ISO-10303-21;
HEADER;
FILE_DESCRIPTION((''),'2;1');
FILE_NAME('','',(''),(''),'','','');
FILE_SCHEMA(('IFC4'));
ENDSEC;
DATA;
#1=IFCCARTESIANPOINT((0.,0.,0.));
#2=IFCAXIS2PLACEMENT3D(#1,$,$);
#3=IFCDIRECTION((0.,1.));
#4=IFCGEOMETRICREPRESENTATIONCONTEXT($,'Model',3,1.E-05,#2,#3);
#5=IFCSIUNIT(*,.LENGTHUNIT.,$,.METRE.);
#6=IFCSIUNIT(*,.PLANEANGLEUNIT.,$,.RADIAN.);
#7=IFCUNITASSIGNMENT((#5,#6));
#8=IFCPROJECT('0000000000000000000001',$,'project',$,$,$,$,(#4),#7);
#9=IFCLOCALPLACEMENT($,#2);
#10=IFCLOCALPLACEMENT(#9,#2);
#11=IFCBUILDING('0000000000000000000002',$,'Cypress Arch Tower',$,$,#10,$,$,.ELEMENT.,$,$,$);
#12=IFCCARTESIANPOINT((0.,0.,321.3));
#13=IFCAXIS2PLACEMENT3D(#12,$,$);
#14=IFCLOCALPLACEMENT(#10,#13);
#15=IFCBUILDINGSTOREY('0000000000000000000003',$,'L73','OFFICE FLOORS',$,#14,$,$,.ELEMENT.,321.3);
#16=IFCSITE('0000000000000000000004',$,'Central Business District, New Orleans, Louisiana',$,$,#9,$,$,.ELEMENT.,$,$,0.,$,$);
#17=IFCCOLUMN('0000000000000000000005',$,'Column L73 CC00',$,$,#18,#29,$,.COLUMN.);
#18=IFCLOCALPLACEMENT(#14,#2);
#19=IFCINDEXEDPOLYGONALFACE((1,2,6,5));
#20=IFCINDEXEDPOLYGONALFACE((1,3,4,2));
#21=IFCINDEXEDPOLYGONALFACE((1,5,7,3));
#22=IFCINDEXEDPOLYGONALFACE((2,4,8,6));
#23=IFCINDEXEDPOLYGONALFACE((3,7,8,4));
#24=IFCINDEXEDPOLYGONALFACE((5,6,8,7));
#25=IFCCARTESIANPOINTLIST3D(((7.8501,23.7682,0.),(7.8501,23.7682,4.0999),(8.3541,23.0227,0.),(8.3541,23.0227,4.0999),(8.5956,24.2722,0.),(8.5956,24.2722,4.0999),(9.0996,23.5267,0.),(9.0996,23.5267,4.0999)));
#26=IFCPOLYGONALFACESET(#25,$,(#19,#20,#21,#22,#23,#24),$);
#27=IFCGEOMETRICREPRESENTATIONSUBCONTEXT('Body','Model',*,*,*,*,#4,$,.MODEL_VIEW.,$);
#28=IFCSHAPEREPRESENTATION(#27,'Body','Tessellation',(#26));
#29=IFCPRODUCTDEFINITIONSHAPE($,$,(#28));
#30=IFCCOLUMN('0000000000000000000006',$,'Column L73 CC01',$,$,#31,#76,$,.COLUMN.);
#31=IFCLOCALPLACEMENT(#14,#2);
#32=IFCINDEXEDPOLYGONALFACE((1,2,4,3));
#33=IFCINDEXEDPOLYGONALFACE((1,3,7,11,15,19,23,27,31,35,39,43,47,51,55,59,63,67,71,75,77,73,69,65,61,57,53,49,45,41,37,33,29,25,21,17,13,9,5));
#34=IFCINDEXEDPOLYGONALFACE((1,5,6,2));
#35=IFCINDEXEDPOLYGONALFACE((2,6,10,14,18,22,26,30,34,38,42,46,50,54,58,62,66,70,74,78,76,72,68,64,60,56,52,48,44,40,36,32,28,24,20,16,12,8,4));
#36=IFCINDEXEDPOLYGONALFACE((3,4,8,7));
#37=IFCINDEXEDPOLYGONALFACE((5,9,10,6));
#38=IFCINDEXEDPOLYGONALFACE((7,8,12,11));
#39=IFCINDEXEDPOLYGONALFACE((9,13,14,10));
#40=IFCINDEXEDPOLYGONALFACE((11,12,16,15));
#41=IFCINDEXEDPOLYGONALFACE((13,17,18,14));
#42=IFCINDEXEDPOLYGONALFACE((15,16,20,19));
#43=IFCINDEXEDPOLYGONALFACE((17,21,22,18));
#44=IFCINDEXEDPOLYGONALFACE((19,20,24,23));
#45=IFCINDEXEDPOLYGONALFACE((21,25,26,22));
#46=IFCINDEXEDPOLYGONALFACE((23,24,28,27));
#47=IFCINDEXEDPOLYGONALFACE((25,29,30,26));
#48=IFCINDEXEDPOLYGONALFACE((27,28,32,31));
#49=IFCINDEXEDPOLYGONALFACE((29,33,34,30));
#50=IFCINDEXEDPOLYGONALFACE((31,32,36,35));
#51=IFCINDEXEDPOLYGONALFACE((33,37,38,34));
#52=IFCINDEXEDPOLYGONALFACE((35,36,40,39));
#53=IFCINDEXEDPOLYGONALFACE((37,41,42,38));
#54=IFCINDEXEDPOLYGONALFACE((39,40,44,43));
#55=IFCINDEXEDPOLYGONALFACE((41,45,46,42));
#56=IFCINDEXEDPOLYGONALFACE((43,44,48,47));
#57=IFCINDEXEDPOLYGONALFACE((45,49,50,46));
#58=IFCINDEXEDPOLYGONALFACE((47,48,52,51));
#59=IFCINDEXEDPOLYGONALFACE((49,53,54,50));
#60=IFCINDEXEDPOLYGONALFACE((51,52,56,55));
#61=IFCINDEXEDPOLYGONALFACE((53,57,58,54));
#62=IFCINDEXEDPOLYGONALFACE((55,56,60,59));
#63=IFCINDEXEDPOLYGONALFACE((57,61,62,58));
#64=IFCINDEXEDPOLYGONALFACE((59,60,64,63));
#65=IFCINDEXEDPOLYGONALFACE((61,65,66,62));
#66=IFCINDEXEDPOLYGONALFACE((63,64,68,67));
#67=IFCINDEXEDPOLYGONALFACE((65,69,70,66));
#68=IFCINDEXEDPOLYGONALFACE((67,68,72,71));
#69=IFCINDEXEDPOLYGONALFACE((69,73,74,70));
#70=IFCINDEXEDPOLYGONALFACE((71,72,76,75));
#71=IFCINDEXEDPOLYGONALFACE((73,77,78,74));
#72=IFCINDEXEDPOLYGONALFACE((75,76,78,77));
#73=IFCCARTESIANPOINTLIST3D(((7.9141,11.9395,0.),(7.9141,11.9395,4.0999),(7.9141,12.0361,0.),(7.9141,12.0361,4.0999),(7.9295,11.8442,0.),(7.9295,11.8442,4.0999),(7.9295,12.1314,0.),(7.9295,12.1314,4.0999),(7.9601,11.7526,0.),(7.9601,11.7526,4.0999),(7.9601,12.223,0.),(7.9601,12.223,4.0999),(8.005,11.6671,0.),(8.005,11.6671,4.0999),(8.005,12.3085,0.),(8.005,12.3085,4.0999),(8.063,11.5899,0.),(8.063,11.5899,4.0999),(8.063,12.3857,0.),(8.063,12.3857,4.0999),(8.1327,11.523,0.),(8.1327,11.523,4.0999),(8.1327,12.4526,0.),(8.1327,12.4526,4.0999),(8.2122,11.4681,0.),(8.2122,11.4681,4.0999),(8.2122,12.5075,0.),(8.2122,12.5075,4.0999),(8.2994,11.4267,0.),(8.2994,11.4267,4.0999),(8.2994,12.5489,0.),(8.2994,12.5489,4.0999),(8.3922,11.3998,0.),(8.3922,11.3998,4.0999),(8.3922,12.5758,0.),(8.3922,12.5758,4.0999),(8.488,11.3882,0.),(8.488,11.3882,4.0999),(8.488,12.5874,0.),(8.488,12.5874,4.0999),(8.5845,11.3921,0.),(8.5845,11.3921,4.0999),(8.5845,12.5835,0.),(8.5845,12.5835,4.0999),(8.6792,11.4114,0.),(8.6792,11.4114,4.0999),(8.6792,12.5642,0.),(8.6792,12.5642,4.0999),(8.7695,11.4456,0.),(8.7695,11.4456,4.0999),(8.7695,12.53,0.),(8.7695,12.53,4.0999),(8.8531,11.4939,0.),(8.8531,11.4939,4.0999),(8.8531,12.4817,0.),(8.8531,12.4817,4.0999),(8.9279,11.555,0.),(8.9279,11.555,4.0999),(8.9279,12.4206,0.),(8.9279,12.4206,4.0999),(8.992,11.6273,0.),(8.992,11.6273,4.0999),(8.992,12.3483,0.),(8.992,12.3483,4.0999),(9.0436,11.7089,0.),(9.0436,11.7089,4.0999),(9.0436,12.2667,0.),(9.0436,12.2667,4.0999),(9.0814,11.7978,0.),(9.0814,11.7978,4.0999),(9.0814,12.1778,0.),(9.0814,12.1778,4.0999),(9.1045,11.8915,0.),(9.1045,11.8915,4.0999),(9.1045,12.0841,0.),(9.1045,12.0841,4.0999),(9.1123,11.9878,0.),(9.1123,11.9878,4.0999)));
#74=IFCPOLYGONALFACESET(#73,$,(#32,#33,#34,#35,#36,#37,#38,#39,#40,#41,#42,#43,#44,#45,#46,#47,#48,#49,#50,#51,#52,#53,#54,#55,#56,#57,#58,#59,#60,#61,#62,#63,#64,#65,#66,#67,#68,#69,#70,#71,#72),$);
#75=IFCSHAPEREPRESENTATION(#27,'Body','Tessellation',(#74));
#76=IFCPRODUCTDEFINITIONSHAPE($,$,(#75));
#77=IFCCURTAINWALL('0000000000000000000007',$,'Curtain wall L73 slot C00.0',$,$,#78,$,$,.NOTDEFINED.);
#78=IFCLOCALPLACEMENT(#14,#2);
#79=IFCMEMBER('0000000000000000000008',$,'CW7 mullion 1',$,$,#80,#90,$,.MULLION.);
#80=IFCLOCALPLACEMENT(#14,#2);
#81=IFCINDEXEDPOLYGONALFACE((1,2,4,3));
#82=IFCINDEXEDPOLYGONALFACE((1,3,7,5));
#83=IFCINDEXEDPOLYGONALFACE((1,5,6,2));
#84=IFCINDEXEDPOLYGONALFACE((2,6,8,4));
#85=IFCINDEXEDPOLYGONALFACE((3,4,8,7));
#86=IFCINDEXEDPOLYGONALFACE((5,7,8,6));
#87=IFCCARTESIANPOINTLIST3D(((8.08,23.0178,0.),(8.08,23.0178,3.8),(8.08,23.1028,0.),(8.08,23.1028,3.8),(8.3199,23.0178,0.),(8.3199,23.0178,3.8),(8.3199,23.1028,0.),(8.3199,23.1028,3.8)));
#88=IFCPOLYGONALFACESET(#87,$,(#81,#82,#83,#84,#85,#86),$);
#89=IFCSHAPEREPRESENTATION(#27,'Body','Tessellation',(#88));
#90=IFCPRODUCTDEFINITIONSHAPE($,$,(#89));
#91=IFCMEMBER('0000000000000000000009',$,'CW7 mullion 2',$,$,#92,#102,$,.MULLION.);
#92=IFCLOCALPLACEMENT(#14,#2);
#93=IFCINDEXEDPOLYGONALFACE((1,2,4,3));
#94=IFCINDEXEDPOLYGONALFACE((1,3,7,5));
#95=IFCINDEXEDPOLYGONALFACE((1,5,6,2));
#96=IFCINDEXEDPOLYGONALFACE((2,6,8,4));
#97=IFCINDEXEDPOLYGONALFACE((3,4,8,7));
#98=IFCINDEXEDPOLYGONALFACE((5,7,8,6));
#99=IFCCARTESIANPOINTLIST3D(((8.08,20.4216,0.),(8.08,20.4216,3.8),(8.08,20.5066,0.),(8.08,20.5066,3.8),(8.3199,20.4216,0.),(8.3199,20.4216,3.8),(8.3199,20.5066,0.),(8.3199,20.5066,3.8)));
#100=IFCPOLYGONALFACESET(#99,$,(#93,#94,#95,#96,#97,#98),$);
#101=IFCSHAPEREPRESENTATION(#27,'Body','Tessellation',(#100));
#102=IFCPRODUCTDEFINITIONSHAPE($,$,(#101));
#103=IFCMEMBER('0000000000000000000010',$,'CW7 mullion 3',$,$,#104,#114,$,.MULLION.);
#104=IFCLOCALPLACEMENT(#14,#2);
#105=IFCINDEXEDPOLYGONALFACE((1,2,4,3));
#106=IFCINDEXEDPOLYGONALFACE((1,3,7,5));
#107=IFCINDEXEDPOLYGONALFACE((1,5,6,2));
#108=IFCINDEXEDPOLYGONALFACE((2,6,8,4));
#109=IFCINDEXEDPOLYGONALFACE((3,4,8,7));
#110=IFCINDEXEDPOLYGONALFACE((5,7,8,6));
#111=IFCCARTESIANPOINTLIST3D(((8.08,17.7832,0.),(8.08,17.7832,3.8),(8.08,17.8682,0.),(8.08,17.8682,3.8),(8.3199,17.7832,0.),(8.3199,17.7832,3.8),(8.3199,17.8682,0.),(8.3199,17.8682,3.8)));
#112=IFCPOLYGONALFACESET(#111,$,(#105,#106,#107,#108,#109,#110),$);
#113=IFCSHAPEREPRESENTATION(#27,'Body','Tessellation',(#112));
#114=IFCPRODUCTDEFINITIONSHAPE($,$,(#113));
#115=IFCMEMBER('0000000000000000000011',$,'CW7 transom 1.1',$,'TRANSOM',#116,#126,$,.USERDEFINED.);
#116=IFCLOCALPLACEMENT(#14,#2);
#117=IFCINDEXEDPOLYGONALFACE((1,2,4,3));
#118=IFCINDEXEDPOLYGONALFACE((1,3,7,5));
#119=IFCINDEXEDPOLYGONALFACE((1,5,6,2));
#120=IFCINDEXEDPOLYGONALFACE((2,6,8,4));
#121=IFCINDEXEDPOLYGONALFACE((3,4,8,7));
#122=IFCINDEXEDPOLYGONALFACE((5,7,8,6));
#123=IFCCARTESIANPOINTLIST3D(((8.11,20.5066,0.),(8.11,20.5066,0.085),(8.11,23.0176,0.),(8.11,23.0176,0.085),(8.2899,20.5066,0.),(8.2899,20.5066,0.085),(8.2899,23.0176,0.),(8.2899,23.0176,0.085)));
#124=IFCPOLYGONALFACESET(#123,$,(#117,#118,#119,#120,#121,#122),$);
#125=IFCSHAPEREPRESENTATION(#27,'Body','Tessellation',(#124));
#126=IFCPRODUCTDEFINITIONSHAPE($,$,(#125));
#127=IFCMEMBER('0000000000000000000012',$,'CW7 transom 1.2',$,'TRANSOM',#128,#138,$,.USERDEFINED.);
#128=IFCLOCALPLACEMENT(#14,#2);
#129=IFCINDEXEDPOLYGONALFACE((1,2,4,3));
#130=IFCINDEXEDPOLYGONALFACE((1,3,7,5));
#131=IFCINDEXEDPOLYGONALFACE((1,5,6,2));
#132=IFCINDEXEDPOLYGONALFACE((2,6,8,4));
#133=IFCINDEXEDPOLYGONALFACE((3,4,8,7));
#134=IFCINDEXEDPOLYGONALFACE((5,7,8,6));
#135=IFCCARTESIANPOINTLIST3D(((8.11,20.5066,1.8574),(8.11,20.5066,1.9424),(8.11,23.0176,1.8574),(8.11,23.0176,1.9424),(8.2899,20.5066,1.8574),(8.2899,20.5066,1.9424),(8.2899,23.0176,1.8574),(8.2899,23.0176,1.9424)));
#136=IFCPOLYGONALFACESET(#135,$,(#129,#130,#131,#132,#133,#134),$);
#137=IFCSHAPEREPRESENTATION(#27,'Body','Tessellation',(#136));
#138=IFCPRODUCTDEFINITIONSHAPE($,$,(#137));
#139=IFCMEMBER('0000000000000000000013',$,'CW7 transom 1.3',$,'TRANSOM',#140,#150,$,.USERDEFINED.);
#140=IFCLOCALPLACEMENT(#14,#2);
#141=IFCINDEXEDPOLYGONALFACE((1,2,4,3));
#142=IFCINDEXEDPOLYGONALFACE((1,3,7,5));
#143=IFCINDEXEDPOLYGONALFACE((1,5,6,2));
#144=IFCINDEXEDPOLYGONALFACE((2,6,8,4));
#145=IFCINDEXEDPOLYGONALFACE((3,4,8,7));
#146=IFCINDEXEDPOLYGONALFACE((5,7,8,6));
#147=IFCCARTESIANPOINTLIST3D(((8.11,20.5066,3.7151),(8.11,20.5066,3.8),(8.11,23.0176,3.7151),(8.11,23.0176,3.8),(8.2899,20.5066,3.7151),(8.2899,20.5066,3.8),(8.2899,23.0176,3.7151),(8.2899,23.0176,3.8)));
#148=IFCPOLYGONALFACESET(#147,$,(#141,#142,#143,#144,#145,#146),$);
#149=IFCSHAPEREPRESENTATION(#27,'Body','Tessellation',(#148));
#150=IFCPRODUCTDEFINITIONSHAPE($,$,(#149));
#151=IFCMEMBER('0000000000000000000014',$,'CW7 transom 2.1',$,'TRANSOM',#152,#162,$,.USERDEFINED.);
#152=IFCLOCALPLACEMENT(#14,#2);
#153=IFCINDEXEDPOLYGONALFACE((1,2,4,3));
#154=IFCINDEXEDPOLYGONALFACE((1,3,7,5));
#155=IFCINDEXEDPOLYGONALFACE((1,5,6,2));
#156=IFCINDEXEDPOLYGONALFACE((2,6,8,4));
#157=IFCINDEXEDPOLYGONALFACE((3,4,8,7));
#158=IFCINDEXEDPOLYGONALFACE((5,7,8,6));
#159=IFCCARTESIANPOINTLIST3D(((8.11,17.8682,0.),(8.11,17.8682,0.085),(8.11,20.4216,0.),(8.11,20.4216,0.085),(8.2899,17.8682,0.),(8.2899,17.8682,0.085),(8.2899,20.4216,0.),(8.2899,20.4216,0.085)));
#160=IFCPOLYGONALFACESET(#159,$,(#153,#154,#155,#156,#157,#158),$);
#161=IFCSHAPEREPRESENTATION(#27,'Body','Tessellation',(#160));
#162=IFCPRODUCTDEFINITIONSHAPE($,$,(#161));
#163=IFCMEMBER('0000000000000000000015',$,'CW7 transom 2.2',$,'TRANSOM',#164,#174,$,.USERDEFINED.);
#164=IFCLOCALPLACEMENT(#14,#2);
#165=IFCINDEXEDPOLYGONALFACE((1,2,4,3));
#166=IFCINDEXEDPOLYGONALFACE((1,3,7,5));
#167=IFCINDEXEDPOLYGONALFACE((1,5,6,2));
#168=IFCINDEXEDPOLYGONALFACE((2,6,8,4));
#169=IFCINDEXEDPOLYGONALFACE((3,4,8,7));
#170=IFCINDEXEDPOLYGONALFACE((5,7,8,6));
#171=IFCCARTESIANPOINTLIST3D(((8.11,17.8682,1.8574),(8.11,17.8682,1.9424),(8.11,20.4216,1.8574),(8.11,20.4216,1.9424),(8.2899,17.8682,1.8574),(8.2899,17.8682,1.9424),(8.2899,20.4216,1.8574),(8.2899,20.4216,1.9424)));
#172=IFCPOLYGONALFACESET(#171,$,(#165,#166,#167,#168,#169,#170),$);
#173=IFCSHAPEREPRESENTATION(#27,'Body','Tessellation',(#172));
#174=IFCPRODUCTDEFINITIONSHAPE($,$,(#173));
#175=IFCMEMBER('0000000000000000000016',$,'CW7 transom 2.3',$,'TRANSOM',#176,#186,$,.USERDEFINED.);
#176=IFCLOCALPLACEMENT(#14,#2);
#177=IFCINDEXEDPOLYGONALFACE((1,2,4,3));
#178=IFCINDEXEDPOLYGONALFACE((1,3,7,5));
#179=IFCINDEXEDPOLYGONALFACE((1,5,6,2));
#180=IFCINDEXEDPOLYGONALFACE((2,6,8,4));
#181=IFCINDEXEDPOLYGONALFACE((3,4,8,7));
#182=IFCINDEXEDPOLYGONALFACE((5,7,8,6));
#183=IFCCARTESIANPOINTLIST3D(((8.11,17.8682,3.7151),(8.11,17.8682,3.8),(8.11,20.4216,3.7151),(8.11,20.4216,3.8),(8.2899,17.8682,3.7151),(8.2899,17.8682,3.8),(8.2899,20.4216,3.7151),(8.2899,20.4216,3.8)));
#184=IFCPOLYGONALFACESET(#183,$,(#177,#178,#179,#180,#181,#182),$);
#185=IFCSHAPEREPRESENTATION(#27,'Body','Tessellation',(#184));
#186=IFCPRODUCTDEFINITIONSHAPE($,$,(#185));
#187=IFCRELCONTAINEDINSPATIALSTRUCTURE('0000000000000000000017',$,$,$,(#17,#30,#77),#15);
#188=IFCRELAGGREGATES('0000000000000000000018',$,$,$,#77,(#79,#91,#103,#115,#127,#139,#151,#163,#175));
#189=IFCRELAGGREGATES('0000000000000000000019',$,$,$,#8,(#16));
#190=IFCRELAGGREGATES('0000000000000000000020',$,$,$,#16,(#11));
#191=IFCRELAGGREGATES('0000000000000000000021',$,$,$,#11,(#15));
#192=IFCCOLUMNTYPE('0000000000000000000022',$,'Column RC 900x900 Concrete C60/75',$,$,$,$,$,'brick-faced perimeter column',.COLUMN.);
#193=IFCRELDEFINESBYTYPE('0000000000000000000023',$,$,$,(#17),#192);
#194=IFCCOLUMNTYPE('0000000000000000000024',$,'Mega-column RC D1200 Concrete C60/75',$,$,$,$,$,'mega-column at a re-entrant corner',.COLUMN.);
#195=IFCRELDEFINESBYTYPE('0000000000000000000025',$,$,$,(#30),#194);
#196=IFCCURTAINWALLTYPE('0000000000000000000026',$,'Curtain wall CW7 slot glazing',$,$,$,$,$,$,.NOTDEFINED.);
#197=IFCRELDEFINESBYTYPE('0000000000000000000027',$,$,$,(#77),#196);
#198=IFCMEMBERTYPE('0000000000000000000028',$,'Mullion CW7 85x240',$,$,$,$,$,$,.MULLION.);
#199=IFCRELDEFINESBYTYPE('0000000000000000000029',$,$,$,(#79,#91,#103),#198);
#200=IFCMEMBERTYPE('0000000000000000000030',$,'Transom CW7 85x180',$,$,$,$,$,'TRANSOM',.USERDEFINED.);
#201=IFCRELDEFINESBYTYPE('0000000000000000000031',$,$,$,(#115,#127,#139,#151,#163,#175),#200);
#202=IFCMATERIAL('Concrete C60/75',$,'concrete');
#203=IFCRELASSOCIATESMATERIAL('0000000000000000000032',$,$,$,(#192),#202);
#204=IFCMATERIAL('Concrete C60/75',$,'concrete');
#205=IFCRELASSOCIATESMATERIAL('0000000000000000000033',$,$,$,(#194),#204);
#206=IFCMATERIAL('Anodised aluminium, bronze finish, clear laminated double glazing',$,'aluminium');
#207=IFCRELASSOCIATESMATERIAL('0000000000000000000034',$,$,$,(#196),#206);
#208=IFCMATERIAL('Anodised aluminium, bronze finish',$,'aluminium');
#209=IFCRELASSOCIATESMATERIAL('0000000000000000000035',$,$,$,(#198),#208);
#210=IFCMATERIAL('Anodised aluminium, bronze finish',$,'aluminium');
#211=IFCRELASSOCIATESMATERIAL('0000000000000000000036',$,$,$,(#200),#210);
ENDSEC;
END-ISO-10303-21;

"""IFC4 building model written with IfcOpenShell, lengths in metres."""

from ifc_helpers import new_model, si_unit, direction, frame, origin, origin_2d, place, context, subcontext, project, spatial, rectangle, circle, extrude, material, material_profile, profile_set, type_object, element, aggregate, save


model = new_model("IFC4")

# Units and contexts
model_context = context("Model", 3, precision=1e-05, world=origin(), true_north=direction((0.0, 1.0)))
body_context = subcontext(model_context, "Body", "Model", "MODEL_VIEW")
ifc_project = project(units=[si_unit("LENGTHUNIT", "METRE"), si_unit("PLANEANGLEUNIT", "RADIAN")], contexts=[model_context])

# Site, building, storey
site_placement = place(None, origin())
site = spatial("IfcSite", under=ifc_project, at=site_placement, Name="Central Business District, New Orleans, Louisiana", CompositionType="ELEMENT", RefElevation=0.0)
building_placement = place(site_placement, origin())
building = spatial("IfcBuilding", under=site, at=building_placement, Name="Cypress Arch Tower", CompositionType="ELEMENT")
storey_placement = place(building_placement, frame((0.0, 0.0, 321.3)))
storey = spatial("IfcBuildingStorey", under=building, at=storey_placement, Name="L73", Description="OFFICE FLOORS", CompositionType="ELEMENT", Elevation=321.3)

# Columns
ifc_material_1 = material(Name="Concrete C60/75", Category="concrete")
ifc_material_profile_1 = material_profile(ifc_material_1, rectangle(XDim=0.8999, YDim=0.8999, at=origin_2d()), Name="RC 900x900")
ifc_profile_set_1 = profile_set([ifc_material_profile_1], Name="Concrete C60/75")
column_type_1 = type_object("IfcColumnType", Name="Column RC 900x900 Concrete C60/75", ElementType="brick-faced perimeter column", PredefinedType="COLUMN", material=ifc_profile_set_1)
column_1_placement = place(storey_placement, frame((8.4749, 23.6475, 0.0), z_axis=(0.0, 0.0, 1.0), x_axis=(-0.82847, -0.560034, 0.0)))
element("IfcColumn", 1, at=column_1_placement, inside=storey, type_object=column_type_1, Name="Column L73 CC00", PredefinedType="COLUMN", context=body_context, shape_type="SweptSolid", body=[
    extrude(rectangle(XDim=0.8999, YDim=0.8999, at=origin_2d()), origin(), (0.0, 0.0, 1.0), 4.0999),
])
ifc_material_2 = material(Name="Concrete C60/75", Category="concrete")
ifc_material_profile_2 = material_profile(ifc_material_2, circle(Radius=0.6001, at=origin_2d()), Name="RC D1200")
ifc_profile_set_2 = profile_set([ifc_material_profile_2], Name="Concrete C60/75")
column_type_2 = type_object("IfcColumnType", Name="Mega-column RC D1200 Concrete C60/75", ElementType="mega-column at a re-entrant corner", PredefinedType="COLUMN", material=ifc_profile_set_2)
column_2_placement = place(storey_placement, frame((8.5122, 11.9878, 0.0), z_axis=(0.0, 0.0, 1.0), x_axis=(1.0, 0.0, 0.0)))
element("IfcColumn", 2, at=column_2_placement, inside=storey, type_object=column_type_2, Name="Column L73 CC01", PredefinedType="COLUMN", context=body_context, shape_type="SweptSolid", body=[
    extrude(circle(Radius=0.6001, at=origin_2d()), origin(), (0.0, 0.0, 1.0), 4.0999),
])

# Curtain wall, members
ifc_material_3 = material(Name="Anodised aluminium, bronze finish, clear laminated double glazing", Category="aluminium")
curtain_wall_type = type_object("IfcCurtainWallType", Name="Curtain wall CW7 slot glazing", PredefinedType="NOTDEFINED", material=ifc_material_3)
curtain_wall_placement = place(storey_placement, origin())
curtain_wall = element("IfcCurtainWall", 3, at=curtain_wall_placement, inside=storey, type_object=curtain_wall_type, Name="Curtain wall L73 slot C00.0", PredefinedType="NOTDEFINED")
ifc_material_4 = material(Name="Anodised aluminium, bronze finish", Category="aluminium")
ifc_material_profile_3 = material_profile(ifc_material_4, rectangle(XDim=0.24, YDim=0.085, at=origin_2d()), Name="Mullion 85x240")
ifc_profile_set_3 = profile_set([ifc_material_profile_3], Name="Anodised aluminium, bronze finish")
member_type_1 = type_object("IfcMemberType", Name="Mullion CW7 85x240", PredefinedType="MULLION", material=ifc_profile_set_3)
member_1_placement = place(storey_placement, frame((8.2, 23.0603, 0.0), z_axis=(0.0, 0.0, 1.0), x_axis=(1.0, 0.0, 0.0)))
member_1 = element("IfcMember", 4, at=member_1_placement, type_object=member_type_1, Name="CW7 mullion 1", PredefinedType="MULLION", context=body_context, shape_type="SweptSolid", body=[
    extrude(rectangle(XDim=0.24, YDim=0.085, at=origin_2d()), origin(), (0.0, 0.0, 1.0), 3.8),
])
member_2_placement = place(storey_placement, frame((8.2, 20.4641, 0.0), z_axis=(0.0, 0.0, 1.0), x_axis=(1.0, 0.0, 0.0)))
member_2 = element("IfcMember", 5, at=member_2_placement, type_object=member_type_1, Name="CW7 mullion 2", PredefinedType="MULLION", context=body_context, shape_type="SweptSolid", body=[
    extrude(rectangle(XDim=0.24, YDim=0.085, at=origin_2d()), origin(), (0.0, 0.0, 1.0), 3.8),
])
member_3_placement = place(storey_placement, frame((8.2, 17.8257, 0.0), z_axis=(0.0, 0.0, 1.0), x_axis=(1.0, 0.0, 0.0)))
member_3 = element("IfcMember", 6, at=member_3_placement, type_object=member_type_1, Name="CW7 mullion 3", PredefinedType="MULLION", context=body_context, shape_type="SweptSolid", body=[
    extrude(rectangle(XDim=0.24, YDim=0.085, at=origin_2d()), origin(), (0.0, 0.0, 1.0), 3.8),
])
ifc_material_5 = material(Name="Anodised aluminium, bronze finish", Category="aluminium")
ifc_material_profile_4 = material_profile(ifc_material_5, rectangle(XDim=0.1799, YDim=0.085, at=origin_2d()), Name="Transom 85x180")
ifc_profile_set_4 = profile_set([ifc_material_profile_4], Name="Anodised aluminium, bronze finish")
member_type_2 = type_object("IfcMemberType", Name="Transom CW7 85x180", ElementType="TRANSOM", PredefinedType="USERDEFINED", material=ifc_profile_set_4)
member_4_placement = place(storey_placement, frame((8.2, 23.0176, 0.0425), z_axis=(0.0, -1.0, 0.0), x_axis=(1.0, 0.0, 0.0)))
member_4 = element("IfcMember", 7, at=member_4_placement, type_object=member_type_2, Name="CW7 transom 1.1", ObjectType="TRANSOM", PredefinedType="USERDEFINED", context=body_context, shape_type="SweptSolid", body=[
    extrude(rectangle(XDim=0.1799, YDim=0.085, at=origin_2d()), origin(), (0.0, 0.0, 1.0), 2.511),
])
member_5_placement = place(storey_placement, frame((8.2, 23.0176, 1.8999), z_axis=(0.0, -1.0, 0.0), x_axis=(1.0, 0.0, 0.0)))
member_5 = element("IfcMember", 8, at=member_5_placement, type_object=member_type_2, Name="CW7 transom 1.2", ObjectType="TRANSOM", PredefinedType="USERDEFINED", context=body_context, shape_type="SweptSolid", body=[
    extrude(rectangle(XDim=0.1799, YDim=0.085, at=origin_2d()), origin(), (0.0, 0.0, 1.0), 2.511),
])
member_6_placement = place(storey_placement, frame((8.2, 23.0176, 3.7576), z_axis=(0.0, -1.0, 0.0), x_axis=(1.0, 0.0, 0.0)))
member_6 = element("IfcMember", 9, at=member_6_placement, type_object=member_type_2, Name="CW7 transom 1.3", ObjectType="TRANSOM", PredefinedType="USERDEFINED", context=body_context, shape_type="SweptSolid", body=[
    extrude(rectangle(XDim=0.1799, YDim=0.085, at=origin_2d()), origin(), (0.0, 0.0, 1.0), 2.511),
])
member_7_placement = place(storey_placement, frame((8.2, 20.4216, 0.0425), z_axis=(0.0, -1.0, 0.0), x_axis=(1.0, 0.0, 0.0)))
member_7 = element("IfcMember", 10, at=member_7_placement, type_object=member_type_2, Name="CW7 transom 2.1", ObjectType="TRANSOM", PredefinedType="USERDEFINED", context=body_context, shape_type="SweptSolid", body=[
    extrude(rectangle(XDim=0.1799, YDim=0.085, at=origin_2d()), origin(), (0.0, 0.0, 1.0), 2.5535),
])
member_8_placement = place(storey_placement, frame((8.2, 20.4216, 1.8999), z_axis=(0.0, -1.0, 0.0), x_axis=(1.0, 0.0, 0.0)))
member_8 = element("IfcMember", 11, at=member_8_placement, type_object=member_type_2, Name="CW7 transom 2.2", ObjectType="TRANSOM", PredefinedType="USERDEFINED", context=body_context, shape_type="SweptSolid", body=[
    extrude(rectangle(XDim=0.1799, YDim=0.085, at=origin_2d()), origin(), (0.0, 0.0, 1.0), 2.5535),
])
member_9_placement = place(storey_placement, frame((8.2, 20.4216, 3.7576), z_axis=(0.0, -1.0, 0.0), x_axis=(1.0, 0.0, 0.0)))
member_9 = element("IfcMember", 12, at=member_9_placement, type_object=member_type_2, Name="CW7 transom 2.3", ObjectType="TRANSOM", PredefinedType="USERDEFINED", context=body_context, shape_type="SweptSolid", body=[
    extrude(rectangle(XDim=0.1799, YDim=0.085, at=origin_2d()), origin(), (0.0, 0.0, 1.0), 2.5535),
])
aggregate(curtain_wall, [member_1, member_2, member_3, member_4, member_5, member_6, member_7, member_8, member_9])

save(model, "model.ifc")
